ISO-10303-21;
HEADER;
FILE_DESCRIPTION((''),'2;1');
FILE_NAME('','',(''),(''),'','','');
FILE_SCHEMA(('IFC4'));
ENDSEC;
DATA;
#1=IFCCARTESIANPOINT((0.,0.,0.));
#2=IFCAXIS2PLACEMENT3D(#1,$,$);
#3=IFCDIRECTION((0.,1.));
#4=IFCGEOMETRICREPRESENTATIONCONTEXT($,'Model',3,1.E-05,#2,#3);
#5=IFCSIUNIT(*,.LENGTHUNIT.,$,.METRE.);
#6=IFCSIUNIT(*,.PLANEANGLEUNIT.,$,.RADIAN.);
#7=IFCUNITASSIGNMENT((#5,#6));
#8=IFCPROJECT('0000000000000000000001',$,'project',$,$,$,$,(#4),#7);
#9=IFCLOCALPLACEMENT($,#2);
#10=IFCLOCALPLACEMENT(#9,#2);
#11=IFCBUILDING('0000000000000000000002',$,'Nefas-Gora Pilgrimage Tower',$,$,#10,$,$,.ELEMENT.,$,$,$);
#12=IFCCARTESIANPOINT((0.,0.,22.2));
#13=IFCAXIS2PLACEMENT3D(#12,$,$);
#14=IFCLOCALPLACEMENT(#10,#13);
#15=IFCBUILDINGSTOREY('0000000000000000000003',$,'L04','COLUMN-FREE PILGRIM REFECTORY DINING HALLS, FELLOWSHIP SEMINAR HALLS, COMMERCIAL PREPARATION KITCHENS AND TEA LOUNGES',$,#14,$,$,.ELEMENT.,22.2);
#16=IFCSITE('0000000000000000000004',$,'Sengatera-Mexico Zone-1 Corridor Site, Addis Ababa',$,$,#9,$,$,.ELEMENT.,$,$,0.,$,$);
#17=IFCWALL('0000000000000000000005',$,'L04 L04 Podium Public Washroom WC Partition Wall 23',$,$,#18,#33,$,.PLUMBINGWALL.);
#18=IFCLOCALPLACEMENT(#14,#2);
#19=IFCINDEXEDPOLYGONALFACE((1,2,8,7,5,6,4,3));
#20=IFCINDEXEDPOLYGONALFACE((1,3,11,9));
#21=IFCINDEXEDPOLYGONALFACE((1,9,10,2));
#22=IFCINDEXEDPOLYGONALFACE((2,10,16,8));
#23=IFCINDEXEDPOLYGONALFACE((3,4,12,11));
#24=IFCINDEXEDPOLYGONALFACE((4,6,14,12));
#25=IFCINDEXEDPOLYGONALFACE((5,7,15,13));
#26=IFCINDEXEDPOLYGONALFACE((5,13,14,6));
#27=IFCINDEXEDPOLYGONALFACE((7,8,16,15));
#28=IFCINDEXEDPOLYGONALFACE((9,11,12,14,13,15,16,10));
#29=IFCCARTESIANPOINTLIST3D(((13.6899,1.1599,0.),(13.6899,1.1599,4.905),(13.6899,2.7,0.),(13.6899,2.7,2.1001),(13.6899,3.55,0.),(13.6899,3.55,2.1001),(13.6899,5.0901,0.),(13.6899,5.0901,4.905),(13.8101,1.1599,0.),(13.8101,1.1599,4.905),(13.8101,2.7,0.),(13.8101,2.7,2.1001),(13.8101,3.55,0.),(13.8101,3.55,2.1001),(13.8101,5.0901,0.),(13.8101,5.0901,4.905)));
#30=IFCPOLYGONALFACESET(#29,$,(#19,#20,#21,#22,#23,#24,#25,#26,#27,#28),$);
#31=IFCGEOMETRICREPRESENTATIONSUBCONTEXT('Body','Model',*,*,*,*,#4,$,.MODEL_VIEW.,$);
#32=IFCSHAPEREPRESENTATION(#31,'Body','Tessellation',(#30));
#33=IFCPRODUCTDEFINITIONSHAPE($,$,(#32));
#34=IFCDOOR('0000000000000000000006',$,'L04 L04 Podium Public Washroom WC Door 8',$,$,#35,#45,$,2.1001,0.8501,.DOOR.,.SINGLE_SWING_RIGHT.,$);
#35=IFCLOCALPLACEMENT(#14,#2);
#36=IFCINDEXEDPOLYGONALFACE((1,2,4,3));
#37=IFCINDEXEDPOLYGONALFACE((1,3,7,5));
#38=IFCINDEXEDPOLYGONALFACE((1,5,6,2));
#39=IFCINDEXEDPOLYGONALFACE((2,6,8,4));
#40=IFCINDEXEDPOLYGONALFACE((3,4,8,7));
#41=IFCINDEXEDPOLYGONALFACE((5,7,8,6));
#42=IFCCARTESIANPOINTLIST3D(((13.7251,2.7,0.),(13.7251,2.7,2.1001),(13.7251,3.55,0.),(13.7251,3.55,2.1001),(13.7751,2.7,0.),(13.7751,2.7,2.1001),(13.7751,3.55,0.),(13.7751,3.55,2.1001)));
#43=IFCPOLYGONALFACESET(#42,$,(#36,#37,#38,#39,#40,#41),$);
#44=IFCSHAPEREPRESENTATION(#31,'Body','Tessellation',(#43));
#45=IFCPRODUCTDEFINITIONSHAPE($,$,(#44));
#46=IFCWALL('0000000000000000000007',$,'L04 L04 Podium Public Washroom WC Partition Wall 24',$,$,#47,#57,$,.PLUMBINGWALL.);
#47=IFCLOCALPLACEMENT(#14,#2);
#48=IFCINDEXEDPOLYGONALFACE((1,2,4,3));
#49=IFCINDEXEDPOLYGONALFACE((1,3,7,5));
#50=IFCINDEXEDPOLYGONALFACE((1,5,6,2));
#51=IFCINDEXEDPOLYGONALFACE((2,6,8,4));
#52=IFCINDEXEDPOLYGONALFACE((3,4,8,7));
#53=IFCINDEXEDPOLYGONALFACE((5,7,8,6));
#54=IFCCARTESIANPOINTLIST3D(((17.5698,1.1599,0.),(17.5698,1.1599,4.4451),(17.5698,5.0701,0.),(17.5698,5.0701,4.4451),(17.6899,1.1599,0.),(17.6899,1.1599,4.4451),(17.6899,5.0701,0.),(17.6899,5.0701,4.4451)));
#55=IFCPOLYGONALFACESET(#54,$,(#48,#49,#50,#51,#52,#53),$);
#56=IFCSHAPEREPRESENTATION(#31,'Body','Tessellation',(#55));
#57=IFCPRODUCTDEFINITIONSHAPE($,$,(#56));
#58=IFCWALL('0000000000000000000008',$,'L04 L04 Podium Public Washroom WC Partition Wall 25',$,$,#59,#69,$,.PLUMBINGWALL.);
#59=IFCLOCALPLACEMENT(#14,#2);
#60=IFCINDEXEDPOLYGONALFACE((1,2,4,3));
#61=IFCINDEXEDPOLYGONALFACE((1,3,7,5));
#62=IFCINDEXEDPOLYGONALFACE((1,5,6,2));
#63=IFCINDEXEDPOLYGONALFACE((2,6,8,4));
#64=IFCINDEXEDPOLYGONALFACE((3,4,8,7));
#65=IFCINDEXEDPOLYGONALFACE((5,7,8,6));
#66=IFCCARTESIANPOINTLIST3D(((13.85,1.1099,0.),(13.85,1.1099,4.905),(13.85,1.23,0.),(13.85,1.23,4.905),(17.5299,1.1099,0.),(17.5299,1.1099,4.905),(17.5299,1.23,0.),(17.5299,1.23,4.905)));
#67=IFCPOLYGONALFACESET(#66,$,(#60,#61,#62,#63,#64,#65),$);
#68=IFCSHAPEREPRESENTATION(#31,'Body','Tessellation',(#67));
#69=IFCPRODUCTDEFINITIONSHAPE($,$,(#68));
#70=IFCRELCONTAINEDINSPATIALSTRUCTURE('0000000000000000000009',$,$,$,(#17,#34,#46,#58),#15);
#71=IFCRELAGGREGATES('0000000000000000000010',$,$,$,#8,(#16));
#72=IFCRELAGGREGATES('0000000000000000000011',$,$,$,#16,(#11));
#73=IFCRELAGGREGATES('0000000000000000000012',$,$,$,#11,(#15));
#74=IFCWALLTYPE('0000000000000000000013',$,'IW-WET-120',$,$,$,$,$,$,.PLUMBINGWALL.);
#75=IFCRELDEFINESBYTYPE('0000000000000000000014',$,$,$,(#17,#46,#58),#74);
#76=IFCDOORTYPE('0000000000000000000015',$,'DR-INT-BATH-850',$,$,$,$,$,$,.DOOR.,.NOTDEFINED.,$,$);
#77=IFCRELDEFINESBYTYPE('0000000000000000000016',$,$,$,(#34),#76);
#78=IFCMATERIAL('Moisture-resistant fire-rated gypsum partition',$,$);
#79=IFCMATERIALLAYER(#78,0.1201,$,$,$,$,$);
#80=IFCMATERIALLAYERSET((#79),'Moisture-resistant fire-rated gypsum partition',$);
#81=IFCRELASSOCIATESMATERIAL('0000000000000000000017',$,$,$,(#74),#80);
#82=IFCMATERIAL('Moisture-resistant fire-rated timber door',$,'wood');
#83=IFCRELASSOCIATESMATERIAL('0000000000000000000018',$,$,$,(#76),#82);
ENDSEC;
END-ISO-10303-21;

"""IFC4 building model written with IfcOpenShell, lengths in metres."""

from ifc_helpers import new_model, si_unit, direction, frame, frame_2d, origin, place, context, subcontext, project, spatial, rectangle, extrude, source, transform, mapped, material, layer, layer_set, type_object, element, fill, save


model = new_model("IFC4")

# Units and contexts
model_context = context("Model", 3, precision=1e-05, world=origin(), true_north=direction((0.0, 1.0)))
body_context = subcontext(model_context, "Body", "Model", "MODEL_VIEW")
ifc_project = project(units=[si_unit("LENGTHUNIT", "METRE"), si_unit("PLANEANGLEUNIT", "RADIAN")], contexts=[model_context])

# Site, building, storey
site_placement = place(None, origin())
site = spatial("IfcSite", under=ifc_project, at=site_placement, Name="Sengatera-Mexico Zone-1 Corridor Site, Addis Ababa", CompositionType="ELEMENT", RefElevation=0.0)
building_placement = place(site_placement, origin())
building = spatial("IfcBuilding", under=site, at=building_placement, Name="Nefas-Gora Pilgrimage Tower", CompositionType="ELEMENT")
storey_placement = place(building_placement, frame((0.0, 0.0, 22.2)))
storey = spatial("IfcBuildingStorey", under=building, at=storey_placement, Name="L04", Description="COLUMN-FREE PILGRIM REFECTORY DINING HALLS, FELLOWSHIP SEMINAR HALLS, COMMERCIAL PREPARATION KITCHENS AND TEA LOUNGES", CompositionType="ELEMENT", Elevation=22.2)

# Shared definitions
ifc_material_1 = material(Name="Moisture-resistant fire-rated gypsum partition")
ifc_layer_1 = layer(ifc_material_1, 0.1201)
ifc_layer_set_1 = layer_set([ifc_layer_1], Name="Moisture-resistant fire-rated gypsum partition")
wall_type_1 = type_object("IfcWallType", Name="IW-WET-120", PredefinedType="PLUMBINGWALL", material=ifc_layer_set_1)
ifc_material_2 = material(Name="Moisture-resistant fire-rated timber door", Category="wood")
door_type_1 = type_object("IfcDoorType", Name="DR-INT-BATH-850", OperationType="NOTDEFINED", PredefinedType="DOOR", material=ifc_material_2)
shared_shape_1 = source(origin(), body_context, "Body", "SweptSolid", [
    extrude(rectangle(XDim=0.8501, YDim=2.1001, at=frame_2d((0.425, 1.05))), frame((0.0, 0.0249, 0.0), z_axis=(0.0, -1.0, 0.0), x_axis=(1.0, 0.0, 0.0)), (0.0, 0.0, 1.0), 0.05),
])

# Wall, opening, door
shared_shape_2 = source(origin(), body_context, "Body", "SweptSolid", [
    extrude(rectangle(XDim=3.9302, YDim=0.1201, at=frame_2d((1.9651, 0.0))), origin(), (0.0, 0.0, 1.0), 4.905),
])
wall_1_placement = place(storey_placement, frame((13.75, 1.1599, 0.0), z_axis=(0.0, 0.0, 1.0), x_axis=(0.0, 1.0, 0.0)))
wall_1 = element("IfcWall", 1, at=wall_1_placement, inside=storey, type_object=wall_type_1, Name="L04 L04 Podium Public Washroom WC Partition Wall 23", PredefinedType="PLUMBINGWALL", context=body_context, shape_type="MappedRepresentation", body=[
    mapped(shared_shape_2, transform((0.0, 0.0, 0.0), x_axis=(1.0, 0.0, 0.0), y_axis=(0.0, 1.0, 0.0), z_axis=(0.0, 0.0, 1.0), scale=1.0)),
])
opening_1_placement = place(wall_1_placement, frame((1.54, 0.0, 0.0)))
opening_1 = element("IfcOpeningElement", 2, at=opening_1_placement, cuts=wall_1, PredefinedType="OPENING", context=body_context, shape_type="SweptSolid", body=[
    extrude(rectangle(XDim=0.8501, YDim=2.1001, at=frame_2d((0.425, 1.05))), frame((0.0, 0.0701, 0.0), z_axis=(0.0, -1.0, 0.0), x_axis=(1.0, 0.0, 0.0)), (0.0, 0.0, 1.0), 0.1401),
])
door_1_placement = place(opening_1_placement, origin())
door_1 = element("IfcDoor", 3, at=door_1_placement, inside=storey, type_object=door_type_1, Name="L04 L04 Podium Public Washroom WC Door 8", OperationType="SINGLE_SWING_RIGHT", OverallHeight=2.1001, OverallWidth=0.8501, PredefinedType="DOOR", context=body_context, shape_type="MappedRepresentation", body=[
    mapped(shared_shape_1, transform((0.0, 0.0, 0.0), x_axis=(1.0, 0.0, 0.0), y_axis=(0.0, 1.0, 0.0), z_axis=(0.0, 0.0, 1.0), scale=1.0)),
])
fill(opening_1, door_1)

# Walls
shared_shape_3 = source(origin(), body_context, "Body", "SweptSolid", [
    extrude(rectangle(XDim=3.9102, YDim=0.1201, at=frame_2d((1.9551, 0.0))), origin(), (0.0, 0.0, 1.0), 4.4451),
])
wall_2_placement = place(storey_placement, frame((17.6299, 1.1599, 0.0), z_axis=(0.0, 0.0, 1.0), x_axis=(0.0, 1.0, 0.0)))
element("IfcWall", 4, at=wall_2_placement, inside=storey, type_object=wall_type_1, Name="L04 L04 Podium Public Washroom WC Partition Wall 24", PredefinedType="PLUMBINGWALL", context=body_context, shape_type="MappedRepresentation", body=[
    mapped(shared_shape_3, transform((0.0, 0.0, 0.0), x_axis=(1.0, 0.0, 0.0), y_axis=(0.0, 1.0, 0.0), z_axis=(0.0, 0.0, 1.0), scale=1.0)),
])
shared_shape_4 = source(origin(), body_context, "Body", "SweptSolid", [
    extrude(rectangle(XDim=3.6799, YDim=0.1201, at=frame_2d((1.8398, 0.0))), origin(), (0.0, 0.0, 1.0), 4.905),
])
wall_3_placement = place(storey_placement, frame((13.8501, 1.1699, 0.0), z_axis=(0.0, 0.0, 1.0), x_axis=(1.0, 0.0, 0.0)))
element("IfcWall", 5, at=wall_3_placement, inside=storey, type_object=wall_type_1, Name="L04 L04 Podium Public Washroom WC Partition Wall 25", PredefinedType="PLUMBINGWALL", context=body_context, shape_type="MappedRepresentation", body=[
    mapped(shared_shape_4, transform((0.0, 0.0, 0.0), x_axis=(1.0, 0.0, 0.0), y_axis=(0.0, 1.0, 0.0), z_axis=(0.0, 0.0, 1.0), scale=1.0)),
])

save(model, "model.ifc")
